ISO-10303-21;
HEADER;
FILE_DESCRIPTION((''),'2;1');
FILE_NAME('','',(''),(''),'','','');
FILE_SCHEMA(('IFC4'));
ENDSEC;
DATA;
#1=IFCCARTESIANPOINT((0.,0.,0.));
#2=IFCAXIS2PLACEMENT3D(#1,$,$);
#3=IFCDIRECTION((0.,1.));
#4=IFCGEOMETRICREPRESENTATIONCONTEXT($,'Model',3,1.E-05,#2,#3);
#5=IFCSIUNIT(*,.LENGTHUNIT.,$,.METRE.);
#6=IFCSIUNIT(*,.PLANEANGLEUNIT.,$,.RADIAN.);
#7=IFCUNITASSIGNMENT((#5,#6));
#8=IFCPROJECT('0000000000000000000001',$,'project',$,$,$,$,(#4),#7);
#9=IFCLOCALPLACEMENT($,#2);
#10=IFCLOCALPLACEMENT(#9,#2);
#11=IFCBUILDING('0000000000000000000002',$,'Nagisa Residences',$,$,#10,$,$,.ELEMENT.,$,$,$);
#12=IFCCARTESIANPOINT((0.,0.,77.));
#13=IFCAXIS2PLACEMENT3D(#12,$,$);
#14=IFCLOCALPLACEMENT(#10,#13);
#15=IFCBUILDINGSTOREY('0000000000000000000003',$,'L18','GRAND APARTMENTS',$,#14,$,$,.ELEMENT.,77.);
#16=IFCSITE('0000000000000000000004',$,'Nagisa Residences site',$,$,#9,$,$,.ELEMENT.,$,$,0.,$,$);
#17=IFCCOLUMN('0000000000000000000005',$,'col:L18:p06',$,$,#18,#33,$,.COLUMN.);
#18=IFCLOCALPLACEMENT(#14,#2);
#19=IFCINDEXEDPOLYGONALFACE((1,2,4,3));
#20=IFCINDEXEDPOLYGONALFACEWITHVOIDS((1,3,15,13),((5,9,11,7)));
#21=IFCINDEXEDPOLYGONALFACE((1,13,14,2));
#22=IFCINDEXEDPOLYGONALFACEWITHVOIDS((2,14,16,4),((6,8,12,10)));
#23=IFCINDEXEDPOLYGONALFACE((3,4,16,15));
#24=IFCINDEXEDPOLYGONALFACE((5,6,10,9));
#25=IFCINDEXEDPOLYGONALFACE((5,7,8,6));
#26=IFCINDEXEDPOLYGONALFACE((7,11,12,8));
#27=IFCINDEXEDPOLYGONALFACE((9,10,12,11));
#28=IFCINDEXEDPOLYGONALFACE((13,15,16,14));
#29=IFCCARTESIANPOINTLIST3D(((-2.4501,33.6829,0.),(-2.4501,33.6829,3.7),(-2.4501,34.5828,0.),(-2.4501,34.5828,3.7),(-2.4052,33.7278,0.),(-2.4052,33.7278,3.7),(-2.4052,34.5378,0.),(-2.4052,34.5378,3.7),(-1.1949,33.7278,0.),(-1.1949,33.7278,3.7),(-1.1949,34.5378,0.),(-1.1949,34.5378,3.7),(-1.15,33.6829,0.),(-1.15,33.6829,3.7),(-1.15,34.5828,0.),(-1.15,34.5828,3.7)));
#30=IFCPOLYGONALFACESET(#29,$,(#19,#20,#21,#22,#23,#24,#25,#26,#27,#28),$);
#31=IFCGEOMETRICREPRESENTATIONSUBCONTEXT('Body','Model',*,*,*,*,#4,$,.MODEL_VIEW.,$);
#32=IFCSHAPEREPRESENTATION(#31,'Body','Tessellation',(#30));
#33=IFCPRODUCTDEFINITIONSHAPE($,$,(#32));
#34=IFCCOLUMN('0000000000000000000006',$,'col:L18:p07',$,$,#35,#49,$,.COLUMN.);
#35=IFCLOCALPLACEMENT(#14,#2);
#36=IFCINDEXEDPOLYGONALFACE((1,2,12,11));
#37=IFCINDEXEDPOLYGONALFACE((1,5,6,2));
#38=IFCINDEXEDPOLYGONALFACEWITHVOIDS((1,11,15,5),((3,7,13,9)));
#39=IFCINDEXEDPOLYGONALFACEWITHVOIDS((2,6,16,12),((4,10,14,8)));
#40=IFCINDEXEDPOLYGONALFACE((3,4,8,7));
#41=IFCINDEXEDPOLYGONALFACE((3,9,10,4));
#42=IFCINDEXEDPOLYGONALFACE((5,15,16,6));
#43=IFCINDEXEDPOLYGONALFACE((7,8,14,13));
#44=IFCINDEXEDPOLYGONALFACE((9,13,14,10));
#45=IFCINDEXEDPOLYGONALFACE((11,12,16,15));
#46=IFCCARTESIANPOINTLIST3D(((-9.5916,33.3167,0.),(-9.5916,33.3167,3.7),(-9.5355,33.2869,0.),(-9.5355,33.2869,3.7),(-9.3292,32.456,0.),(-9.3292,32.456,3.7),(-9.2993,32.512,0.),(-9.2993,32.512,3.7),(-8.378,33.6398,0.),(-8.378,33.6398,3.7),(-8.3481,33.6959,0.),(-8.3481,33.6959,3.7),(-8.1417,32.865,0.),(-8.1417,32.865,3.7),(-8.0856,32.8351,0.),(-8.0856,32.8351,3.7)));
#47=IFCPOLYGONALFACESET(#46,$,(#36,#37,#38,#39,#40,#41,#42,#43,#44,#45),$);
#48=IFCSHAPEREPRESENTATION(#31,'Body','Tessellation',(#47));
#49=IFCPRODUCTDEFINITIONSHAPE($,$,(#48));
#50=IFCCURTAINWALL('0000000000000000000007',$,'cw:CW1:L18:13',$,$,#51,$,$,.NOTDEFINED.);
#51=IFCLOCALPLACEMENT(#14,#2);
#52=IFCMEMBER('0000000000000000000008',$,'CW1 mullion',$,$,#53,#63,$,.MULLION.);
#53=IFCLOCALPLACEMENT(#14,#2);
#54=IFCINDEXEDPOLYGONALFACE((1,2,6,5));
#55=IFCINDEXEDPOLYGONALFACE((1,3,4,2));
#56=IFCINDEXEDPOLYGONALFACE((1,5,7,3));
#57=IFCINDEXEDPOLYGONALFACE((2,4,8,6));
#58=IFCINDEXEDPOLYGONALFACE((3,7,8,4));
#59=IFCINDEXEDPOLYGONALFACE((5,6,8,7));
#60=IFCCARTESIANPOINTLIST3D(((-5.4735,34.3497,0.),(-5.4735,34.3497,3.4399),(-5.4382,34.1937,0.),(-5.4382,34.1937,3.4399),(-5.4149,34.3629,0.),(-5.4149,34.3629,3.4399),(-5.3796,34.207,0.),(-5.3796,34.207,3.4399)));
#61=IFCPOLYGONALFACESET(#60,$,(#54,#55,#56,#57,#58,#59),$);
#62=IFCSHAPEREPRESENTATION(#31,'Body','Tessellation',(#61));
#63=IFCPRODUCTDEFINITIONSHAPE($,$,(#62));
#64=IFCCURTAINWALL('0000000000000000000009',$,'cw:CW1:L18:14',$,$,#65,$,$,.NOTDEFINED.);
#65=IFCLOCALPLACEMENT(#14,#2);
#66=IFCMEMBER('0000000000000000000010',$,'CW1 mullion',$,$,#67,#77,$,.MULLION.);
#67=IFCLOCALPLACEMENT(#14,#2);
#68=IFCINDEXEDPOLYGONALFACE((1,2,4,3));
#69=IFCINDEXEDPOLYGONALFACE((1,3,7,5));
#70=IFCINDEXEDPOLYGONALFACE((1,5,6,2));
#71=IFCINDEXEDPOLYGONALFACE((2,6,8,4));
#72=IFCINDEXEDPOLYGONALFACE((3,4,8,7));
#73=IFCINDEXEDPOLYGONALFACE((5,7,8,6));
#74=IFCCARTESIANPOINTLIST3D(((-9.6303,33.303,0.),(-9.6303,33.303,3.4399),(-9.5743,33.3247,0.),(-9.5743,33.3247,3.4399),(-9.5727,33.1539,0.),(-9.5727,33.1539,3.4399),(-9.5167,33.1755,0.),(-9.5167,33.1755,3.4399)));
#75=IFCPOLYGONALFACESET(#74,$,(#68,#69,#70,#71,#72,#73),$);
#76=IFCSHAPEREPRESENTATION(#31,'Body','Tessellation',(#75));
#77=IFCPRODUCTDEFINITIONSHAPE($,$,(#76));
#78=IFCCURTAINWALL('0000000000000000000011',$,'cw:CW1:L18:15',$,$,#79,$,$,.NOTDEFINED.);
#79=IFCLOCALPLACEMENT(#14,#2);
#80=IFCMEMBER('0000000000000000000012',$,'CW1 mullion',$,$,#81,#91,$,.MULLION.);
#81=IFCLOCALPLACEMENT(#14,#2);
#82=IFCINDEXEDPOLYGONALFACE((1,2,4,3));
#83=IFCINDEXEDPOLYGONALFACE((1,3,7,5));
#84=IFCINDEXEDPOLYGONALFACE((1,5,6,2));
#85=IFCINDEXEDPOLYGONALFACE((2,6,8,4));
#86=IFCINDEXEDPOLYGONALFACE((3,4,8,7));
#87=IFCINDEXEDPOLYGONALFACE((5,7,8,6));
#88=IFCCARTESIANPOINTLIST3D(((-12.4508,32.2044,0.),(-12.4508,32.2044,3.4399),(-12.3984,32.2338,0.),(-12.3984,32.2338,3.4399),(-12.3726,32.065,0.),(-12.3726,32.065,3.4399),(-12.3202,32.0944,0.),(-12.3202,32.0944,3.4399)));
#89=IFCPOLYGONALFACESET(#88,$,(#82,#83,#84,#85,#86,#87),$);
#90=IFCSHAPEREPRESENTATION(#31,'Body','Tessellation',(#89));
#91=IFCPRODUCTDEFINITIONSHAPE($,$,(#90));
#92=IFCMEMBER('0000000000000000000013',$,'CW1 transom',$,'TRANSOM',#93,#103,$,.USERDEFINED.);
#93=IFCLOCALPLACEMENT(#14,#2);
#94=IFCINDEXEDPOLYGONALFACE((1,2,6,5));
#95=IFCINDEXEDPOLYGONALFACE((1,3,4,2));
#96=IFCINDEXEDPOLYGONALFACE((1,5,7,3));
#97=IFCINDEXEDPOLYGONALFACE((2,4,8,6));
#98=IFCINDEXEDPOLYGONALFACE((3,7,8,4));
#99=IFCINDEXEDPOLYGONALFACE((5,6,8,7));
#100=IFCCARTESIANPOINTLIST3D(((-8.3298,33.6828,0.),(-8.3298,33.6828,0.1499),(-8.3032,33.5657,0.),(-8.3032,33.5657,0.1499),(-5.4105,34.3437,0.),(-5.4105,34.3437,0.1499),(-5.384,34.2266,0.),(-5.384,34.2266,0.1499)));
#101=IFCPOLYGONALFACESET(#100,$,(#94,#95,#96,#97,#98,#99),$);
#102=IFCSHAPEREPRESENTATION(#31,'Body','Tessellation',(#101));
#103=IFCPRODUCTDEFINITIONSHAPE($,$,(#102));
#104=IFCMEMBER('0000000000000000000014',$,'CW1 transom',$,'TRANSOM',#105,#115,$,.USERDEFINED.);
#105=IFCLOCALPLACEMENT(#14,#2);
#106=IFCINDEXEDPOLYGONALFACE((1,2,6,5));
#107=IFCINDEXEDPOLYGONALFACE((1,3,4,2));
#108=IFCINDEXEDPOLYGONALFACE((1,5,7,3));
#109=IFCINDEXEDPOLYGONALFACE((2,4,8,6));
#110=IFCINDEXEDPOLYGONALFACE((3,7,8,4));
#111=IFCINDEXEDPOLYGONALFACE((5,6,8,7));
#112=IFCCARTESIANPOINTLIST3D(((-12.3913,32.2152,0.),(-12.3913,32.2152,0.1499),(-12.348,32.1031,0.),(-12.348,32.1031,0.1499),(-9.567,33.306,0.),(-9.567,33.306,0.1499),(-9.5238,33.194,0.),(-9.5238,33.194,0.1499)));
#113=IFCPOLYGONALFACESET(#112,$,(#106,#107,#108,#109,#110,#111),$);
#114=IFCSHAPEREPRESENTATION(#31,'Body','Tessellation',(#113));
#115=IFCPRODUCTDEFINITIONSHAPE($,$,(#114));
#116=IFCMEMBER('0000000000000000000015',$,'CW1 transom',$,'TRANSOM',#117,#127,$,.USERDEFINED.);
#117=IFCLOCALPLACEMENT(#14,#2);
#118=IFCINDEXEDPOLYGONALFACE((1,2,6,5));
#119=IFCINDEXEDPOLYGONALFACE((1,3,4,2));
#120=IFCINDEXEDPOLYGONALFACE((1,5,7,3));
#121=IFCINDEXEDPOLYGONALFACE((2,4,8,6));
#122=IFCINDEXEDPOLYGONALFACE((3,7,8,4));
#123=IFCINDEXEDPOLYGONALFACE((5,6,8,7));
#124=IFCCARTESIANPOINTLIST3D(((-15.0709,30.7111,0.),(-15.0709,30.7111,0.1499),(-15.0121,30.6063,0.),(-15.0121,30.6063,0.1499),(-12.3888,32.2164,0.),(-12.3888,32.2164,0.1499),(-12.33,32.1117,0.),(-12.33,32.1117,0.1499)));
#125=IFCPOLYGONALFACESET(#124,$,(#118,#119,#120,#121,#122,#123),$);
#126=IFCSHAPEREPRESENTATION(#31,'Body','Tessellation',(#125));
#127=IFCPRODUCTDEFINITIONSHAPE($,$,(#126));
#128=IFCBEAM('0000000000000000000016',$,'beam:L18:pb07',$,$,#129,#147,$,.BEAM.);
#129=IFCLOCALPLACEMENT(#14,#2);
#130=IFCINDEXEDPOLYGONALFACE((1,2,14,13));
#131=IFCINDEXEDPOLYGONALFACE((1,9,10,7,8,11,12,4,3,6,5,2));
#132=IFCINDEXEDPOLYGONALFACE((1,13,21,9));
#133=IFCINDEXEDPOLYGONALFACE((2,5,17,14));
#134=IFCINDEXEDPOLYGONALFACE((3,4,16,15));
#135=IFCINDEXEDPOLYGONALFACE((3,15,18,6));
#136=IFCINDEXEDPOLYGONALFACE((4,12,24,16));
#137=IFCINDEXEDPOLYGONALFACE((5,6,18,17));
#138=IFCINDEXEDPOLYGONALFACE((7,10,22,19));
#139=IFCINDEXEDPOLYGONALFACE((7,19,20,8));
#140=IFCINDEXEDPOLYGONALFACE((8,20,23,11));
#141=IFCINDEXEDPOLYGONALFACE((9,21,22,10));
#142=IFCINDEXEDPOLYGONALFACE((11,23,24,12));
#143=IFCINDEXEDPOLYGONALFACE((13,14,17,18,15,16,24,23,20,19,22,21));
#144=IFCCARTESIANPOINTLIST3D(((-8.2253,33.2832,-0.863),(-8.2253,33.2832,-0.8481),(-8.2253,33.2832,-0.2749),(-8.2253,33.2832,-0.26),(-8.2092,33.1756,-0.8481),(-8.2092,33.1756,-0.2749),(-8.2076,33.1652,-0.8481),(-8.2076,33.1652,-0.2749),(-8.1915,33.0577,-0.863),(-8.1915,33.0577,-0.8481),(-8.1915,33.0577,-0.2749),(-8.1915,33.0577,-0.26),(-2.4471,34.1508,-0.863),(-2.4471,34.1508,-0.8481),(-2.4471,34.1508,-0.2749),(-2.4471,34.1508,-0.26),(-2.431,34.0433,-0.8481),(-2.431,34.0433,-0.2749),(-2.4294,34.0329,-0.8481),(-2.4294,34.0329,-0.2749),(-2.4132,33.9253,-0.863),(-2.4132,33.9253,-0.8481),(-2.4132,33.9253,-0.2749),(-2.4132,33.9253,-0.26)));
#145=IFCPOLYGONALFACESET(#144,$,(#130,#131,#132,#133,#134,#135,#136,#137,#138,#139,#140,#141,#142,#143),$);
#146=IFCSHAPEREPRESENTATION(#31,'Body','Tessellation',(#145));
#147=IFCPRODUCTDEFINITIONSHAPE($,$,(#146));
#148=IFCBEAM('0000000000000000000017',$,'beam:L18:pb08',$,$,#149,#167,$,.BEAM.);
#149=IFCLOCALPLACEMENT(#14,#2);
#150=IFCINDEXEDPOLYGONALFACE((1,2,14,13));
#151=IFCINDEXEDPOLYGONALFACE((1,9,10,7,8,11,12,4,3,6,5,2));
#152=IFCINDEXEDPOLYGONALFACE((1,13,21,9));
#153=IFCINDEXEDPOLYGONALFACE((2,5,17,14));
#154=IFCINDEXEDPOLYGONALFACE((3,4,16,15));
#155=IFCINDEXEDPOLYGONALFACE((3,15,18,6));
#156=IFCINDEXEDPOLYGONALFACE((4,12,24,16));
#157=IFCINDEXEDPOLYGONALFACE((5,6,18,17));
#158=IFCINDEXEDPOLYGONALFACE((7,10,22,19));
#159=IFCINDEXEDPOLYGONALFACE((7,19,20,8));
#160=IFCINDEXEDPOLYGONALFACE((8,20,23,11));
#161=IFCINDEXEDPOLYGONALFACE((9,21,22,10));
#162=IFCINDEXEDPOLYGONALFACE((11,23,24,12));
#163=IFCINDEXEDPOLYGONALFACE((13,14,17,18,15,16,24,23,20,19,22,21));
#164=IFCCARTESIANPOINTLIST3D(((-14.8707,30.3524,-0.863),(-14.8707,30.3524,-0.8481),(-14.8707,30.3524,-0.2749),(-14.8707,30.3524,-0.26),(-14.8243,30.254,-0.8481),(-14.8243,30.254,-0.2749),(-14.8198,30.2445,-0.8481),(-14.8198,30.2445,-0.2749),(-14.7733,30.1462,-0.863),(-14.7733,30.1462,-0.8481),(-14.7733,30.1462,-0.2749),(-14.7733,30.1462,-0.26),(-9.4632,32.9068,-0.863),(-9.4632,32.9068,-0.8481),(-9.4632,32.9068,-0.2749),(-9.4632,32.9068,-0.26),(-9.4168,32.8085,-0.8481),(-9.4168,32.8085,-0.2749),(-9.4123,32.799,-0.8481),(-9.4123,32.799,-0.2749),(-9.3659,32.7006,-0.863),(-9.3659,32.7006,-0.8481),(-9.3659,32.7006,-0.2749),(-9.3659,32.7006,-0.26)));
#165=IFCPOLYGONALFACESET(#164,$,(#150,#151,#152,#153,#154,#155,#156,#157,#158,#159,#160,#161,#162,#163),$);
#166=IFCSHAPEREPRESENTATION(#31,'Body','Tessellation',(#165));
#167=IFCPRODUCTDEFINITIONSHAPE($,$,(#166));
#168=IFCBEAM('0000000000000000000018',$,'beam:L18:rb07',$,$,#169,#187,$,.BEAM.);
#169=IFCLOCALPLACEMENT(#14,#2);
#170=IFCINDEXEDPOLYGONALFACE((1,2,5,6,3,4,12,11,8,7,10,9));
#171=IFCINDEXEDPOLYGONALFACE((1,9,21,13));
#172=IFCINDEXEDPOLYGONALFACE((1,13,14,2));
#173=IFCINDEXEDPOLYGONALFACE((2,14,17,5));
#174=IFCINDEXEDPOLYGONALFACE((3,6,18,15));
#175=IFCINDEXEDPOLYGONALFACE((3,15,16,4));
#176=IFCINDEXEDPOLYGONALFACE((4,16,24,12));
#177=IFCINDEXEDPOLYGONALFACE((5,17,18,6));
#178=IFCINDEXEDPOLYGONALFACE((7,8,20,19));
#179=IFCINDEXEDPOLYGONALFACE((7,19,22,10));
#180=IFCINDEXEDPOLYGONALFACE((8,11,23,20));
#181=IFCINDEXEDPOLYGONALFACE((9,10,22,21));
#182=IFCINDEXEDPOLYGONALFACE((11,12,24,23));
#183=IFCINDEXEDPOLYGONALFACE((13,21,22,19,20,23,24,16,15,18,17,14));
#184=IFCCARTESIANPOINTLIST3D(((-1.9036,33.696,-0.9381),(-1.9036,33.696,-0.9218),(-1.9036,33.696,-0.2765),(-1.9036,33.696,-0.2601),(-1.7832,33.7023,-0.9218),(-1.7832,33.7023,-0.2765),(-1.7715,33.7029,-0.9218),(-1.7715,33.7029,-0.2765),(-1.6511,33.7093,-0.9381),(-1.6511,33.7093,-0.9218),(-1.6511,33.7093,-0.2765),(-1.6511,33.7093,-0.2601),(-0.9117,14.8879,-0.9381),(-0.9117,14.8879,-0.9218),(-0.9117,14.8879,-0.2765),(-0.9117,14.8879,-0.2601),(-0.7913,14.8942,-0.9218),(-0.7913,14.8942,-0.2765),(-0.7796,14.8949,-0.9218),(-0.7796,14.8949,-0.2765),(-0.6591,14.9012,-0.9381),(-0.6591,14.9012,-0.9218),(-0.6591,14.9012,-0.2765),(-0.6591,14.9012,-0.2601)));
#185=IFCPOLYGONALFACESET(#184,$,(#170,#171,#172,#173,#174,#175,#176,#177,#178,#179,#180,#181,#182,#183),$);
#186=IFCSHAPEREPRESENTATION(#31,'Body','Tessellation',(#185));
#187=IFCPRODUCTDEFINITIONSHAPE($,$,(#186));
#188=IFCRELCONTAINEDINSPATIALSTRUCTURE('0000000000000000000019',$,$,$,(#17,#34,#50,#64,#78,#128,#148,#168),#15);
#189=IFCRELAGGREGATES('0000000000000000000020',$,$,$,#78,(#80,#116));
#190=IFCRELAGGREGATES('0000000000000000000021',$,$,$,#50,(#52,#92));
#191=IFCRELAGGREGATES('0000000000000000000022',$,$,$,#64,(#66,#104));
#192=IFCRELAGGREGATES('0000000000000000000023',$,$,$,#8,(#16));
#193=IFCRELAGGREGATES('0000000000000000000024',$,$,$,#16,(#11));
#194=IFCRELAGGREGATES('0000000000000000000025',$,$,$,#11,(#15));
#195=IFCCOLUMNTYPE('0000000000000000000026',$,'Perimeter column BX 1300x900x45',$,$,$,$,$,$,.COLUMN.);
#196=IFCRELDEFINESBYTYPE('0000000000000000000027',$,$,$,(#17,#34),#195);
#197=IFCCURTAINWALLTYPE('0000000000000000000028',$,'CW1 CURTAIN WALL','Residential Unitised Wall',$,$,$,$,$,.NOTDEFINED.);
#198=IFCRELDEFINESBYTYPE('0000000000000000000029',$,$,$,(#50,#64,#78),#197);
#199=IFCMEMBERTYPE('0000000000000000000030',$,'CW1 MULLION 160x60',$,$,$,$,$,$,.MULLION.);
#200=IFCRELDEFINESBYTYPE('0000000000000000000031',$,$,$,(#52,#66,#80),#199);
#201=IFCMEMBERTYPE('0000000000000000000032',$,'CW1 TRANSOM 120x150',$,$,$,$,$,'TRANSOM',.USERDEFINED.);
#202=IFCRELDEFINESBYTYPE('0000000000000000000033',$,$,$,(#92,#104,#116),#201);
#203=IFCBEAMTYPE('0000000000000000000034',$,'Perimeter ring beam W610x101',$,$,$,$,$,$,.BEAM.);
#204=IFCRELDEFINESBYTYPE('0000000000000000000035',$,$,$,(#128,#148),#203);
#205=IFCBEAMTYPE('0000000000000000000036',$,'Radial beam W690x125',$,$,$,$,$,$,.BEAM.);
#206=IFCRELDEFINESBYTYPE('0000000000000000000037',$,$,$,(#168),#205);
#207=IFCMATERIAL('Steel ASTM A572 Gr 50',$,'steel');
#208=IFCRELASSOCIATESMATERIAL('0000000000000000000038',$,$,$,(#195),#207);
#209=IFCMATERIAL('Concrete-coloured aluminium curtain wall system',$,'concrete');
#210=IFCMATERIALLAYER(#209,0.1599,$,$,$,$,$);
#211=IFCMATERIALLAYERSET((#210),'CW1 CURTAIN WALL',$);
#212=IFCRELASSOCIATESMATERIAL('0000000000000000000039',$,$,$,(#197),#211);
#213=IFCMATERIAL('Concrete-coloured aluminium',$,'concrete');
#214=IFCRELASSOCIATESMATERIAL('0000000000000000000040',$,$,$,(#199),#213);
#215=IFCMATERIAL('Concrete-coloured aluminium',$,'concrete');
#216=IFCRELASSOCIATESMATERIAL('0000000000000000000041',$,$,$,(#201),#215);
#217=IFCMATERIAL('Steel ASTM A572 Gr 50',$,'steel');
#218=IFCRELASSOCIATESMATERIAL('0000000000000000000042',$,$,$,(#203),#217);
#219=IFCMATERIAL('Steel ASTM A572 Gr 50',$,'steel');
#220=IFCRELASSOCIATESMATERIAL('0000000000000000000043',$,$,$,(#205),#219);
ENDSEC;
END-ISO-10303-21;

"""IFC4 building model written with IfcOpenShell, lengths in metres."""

from ifc_helpers import new_model, si_unit, direction, frame, origin, origin_2d, place, context, subcontext, project, spatial, rectangle, hollow_rectangle, i_section, extrude, material, layer, layer_set, material_profile, profile_set, type_object, element, aggregate, save


model = new_model("IFC4")

# Units and contexts
model_context = context("Model", 3, precision=1e-05, world=origin(), true_north=direction((0.0, 1.0)))
body_context = subcontext(model_context, "Body", "Model", "MODEL_VIEW")
ifc_project = project(units=[si_unit("LENGTHUNIT", "METRE"), si_unit("PLANEANGLEUNIT", "RADIAN")], contexts=[model_context])

# Site, building, storey
site_placement = place(None, origin())
site = spatial("IfcSite", under=ifc_project, at=site_placement, Name="Nagisa Residences site", CompositionType="ELEMENT", RefElevation=0.0)
building_placement = place(site_placement, origin())
building = spatial("IfcBuilding", under=site, at=building_placement, Name="Nagisa Residences", CompositionType="ELEMENT")
storey_placement = place(building_placement, frame((0.0, 0.0, 77.0)))
storey = spatial("IfcBuildingStorey", under=building, at=storey_placement, Name="L18", Description="GRAND APARTMENTS", CompositionType="ELEMENT", Elevation=77.0)

# Columns
ifc_material_1 = material(Name="Steel ASTM A572 Gr 50", Category="steel")
ifc_material_profile_1 = material_profile(ifc_material_1, hollow_rectangle(XDim=1.3, YDim=0.8999, WallThickness=0.0449, at=origin_2d()), Name="BX 1300x900x45")
ifc_profile_set_1 = profile_set([ifc_material_profile_1], Name="Steel ASTM A572 Gr 50")
column_type = type_object("IfcColumnType", Name="Perimeter column BX 1300x900x45", PredefinedType="COLUMN", material=ifc_profile_set_1)
for number, where, z_axis, x_axis, name in (
    (1, (-1.8, 34.1328, 0.0), (0.0, 0.0, 1.0), (-1.0, 0.0, 0.0), "col:L18:p06"),
    (2, (-8.8386, 33.0759, 0.0), (0.0, 0.0, 1.0), (-0.956525, -0.291652, 0.0), "col:L18:p07"),
):
    element("IfcColumn", number, at=place(storey_placement, frame(where, z_axis=z_axis, x_axis=x_axis)), inside=storey, type_object=column_type, Name=name, PredefinedType="COLUMN", context=body_context, shape_type="SweptSolid", body=[
        extrude(hollow_rectangle(XDim=1.3, YDim=0.8999, WallThickness=0.0449, at=origin_2d()), origin(), (0.0, 0.0, 1.0), 3.7),
    ])

# Curtain walls, members
ifc_material_2 = material(Name="Concrete-coloured aluminium curtain wall system", Category="concrete")
ifc_layer_1 = layer(ifc_material_2, 0.1599)
ifc_layer_set_1 = layer_set([ifc_layer_1], Name="CW1 CURTAIN WALL")
curtain_wall_type = type_object("IfcCurtainWallType", Name="CW1 CURTAIN WALL", Description="Residential Unitised Wall", PredefinedType="NOTDEFINED", material=ifc_layer_set_1)
curtain_wall_1_placement = place(storey_placement, origin())
curtain_wall_1 = element("IfcCurtainWall", 3, at=curtain_wall_1_placement, inside=storey, type_object=curtain_wall_type, Name="cw:CW1:L18:13", PredefinedType="NOTDEFINED")
ifc_material_3 = material(Name="Concrete-coloured aluminium", Category="concrete")
ifc_material_profile_2 = material_profile(ifc_material_3, rectangle(XDim=0.1599, YDim=0.0601, at=origin_2d()), Name="CW1 MULLION 160x60")
ifc_profile_set_2 = profile_set([ifc_material_profile_2], Name="Concrete-coloured aluminium")
member_type_1 = type_object("IfcMemberType", Name="CW1 MULLION 160x60", PredefinedType="MULLION", material=ifc_profile_set_2)
member_1_placement = place(storey_placement, frame((-5.4265, 34.2783, 0.0), z_axis=(0.0, 0.0, 1.0), x_axis=(0.220764, -0.975327, 0.0)))
member_1 = element("IfcMember", 4, at=member_1_placement, type_object=member_type_1, Name="CW1 mullion", PredefinedType="MULLION", context=body_context, shape_type="SweptSolid", body=[
    extrude(rectangle(XDim=0.1599, YDim=0.0601, at=origin_2d()), origin(), (0.0, 0.0, 1.0), 3.4399),
])
curtain_wall_2_placement = place(storey_placement, origin())
curtain_wall_2 = element("IfcCurtainWall", 5, at=curtain_wall_2_placement, inside=storey, type_object=curtain_wall_type, Name="cw:CW1:L18:14", PredefinedType="NOTDEFINED")
member_2_placement = place(storey_placement, frame((-9.5735, 33.2393, 0.0), z_axis=(0.0, 0.0, 1.0), x_axis=(0.360328, -0.932826, 0.0)))
member_2 = element("IfcMember", 6, at=member_2_placement, type_object=member_type_1, Name="CW1 mullion", PredefinedType="MULLION", context=body_context, shape_type="SweptSolid", body=[
    extrude(rectangle(XDim=0.1599, YDim=0.0601, at=origin_2d()), origin(), (0.0, 0.0, 1.0), 3.4399),
])
curtain_wall_3_placement = place(storey_placement, origin())
curtain_wall_3 = element("IfcCurtainWall", 7, at=curtain_wall_3_placement, inside=storey, type_object=curtain_wall_type, Name="cw:CW1:L18:15", PredefinedType="NOTDEFINED")
member_3_placement = place(storey_placement, frame((-12.3855, 32.1494, 0.0), z_axis=(0.0, 0.0, 1.0), x_axis=(0.489377, -0.872072, 0.0)))
member_3 = element("IfcMember", 8, at=member_3_placement, type_object=member_type_1, Name="CW1 mullion", PredefinedType="MULLION", context=body_context, shape_type="SweptSolid", body=[
    extrude(rectangle(XDim=0.1599, YDim=0.0601, at=origin_2d()), origin(), (0.0, 0.0, 1.0), 3.4399),
])

# Members
ifc_material_4 = material(Name="Concrete-coloured aluminium", Category="concrete")
ifc_material_profile_3 = material_profile(ifc_material_4, rectangle(XDim=0.1201, YDim=0.1499, at=origin_2d()), Name="CW1 TRANSOM 120x150")
ifc_profile_set_3 = profile_set([ifc_material_profile_3], Name="Concrete-coloured aluminium")
member_type_2 = type_object("IfcMemberType", Name="CW1 TRANSOM 120x150", ElementType="TRANSOM", PredefinedType="USERDEFINED", material=ifc_profile_set_3)
member_4_placement = place(storey_placement, frame((-5.3972, 34.2852, 0.075), z_axis=(-0.975318, -0.220807, 0.0), x_axis=(0.220807, -0.975318, 0.0)))
member_4 = element("IfcMember", 9, at=member_4_placement, type_object=member_type_2, Name="CW1 transom", ObjectType="TRANSOM", PredefinedType="USERDEFINED", context=body_context, shape_type="SweptSolid", body=[
    extrude(rectangle(XDim=0.1201, YDim=0.1499, at=origin_2d()), origin(), (0.0, 0.0, 1.0), 2.9932),
])
member_5_placement = place(storey_placement, frame((-9.5454, 33.25, 0.075), z_axis=(-0.932838, -0.360297, 0.0), x_axis=(0.360297, -0.932838, 0.0)))
member_5 = element("IfcMember", 10, at=member_5_placement, type_object=member_type_2, Name="CW1 transom", ObjectType="TRANSOM", PredefinedType="USERDEFINED", context=body_context, shape_type="SweptSolid", body=[
    extrude(rectangle(XDim=0.1201, YDim=0.1499, at=origin_2d()), origin(), (0.0, 0.0, 1.0), 3.0276),
])
member_6_placement = place(storey_placement, frame((-12.3594, 32.1641, 0.075), z_axis=(-0.872037, -0.489439, 0.0), x_axis=(0.489439, -0.872037, 0.0)))
member_6 = element("IfcMember", 11, at=member_6_placement, type_object=member_type_2, Name="CW1 transom", ObjectType="TRANSOM", PredefinedType="USERDEFINED", context=body_context, shape_type="SweptSolid", body=[
    extrude(rectangle(XDim=0.1201, YDim=0.1499, at=origin_2d()), origin(), (0.0, 0.0, 1.0), 3.0757),
])
aggregate(curtain_wall_3, [member_3, member_6])

# Beams
ifc_material_5 = material(Name="Steel ASTM A572 Gr 50", Category="steel")
ifc_material_profile_4 = material_profile(ifc_material_5, i_section(OverallWidth=0.228, OverallDepth=0.603, WebThickness=0.0105, FlangeThickness=0.0149, at=origin_2d()), Name="W610x101")
ifc_profile_set_4 = profile_set([ifc_material_profile_4], Name="Steel ASTM A572 Gr 50")
beam_type_1 = type_object("IfcBeamType", Name="Perimeter ring beam W610x101", PredefinedType="BEAM", material=ifc_profile_set_4)
beam_1_placement = place(storey_placement, frame((-2.4302, 34.0381, -0.5615), z_axis=(-0.988913, -0.148496, 0.0), x_axis=(0.148496, -0.988913, 0.0)))
element("IfcBeam", 12, at=beam_1_placement, inside=storey, type_object=beam_type_1, Name="beam:L18:pb07", PredefinedType="BEAM", context=body_context, shape_type="SweptSolid", body=[
    extrude(i_section(OverallWidth=0.228, OverallDepth=0.603, WebThickness=0.0105, FlangeThickness=0.0149, at=origin_2d()), origin(), (0.0, 0.0, 1.0), 5.843),
])
beam_2_placement = place(storey_placement, frame((-9.4146, 32.8037, -0.5615), z_axis=(-0.90419, -0.427131, 0.0), x_axis=(0.427131, -0.90419, 0.0)))
element("IfcBeam", 13, at=beam_2_placement, inside=storey, type_object=beam_type_1, Name="beam:L18:pb08", PredefinedType="BEAM", context=body_context, shape_type="SweptSolid", body=[
    extrude(i_section(OverallWidth=0.228, OverallDepth=0.603, WebThickness=0.0105, FlangeThickness=0.0149, at=origin_2d()), origin(), (0.0, 0.0, 1.0), 5.9805),
])
ifc_material_6 = material(Name="Steel ASTM A572 Gr 50", Category="steel")
ifc_material_profile_5 = material_profile(ifc_material_6, i_section(OverallWidth=0.2529, OverallDepth=0.678, WebThickness=0.0117, FlangeThickness=0.0164, at=origin_2d()), Name="W690x125")
ifc_profile_set_5 = profile_set([ifc_material_profile_5], Name="Steel ASTM A572 Gr 50")
beam_type_2 = type_object("IfcBeamType", Name="Radial beam W690x125", PredefinedType="BEAM", material=ifc_profile_set_5)
beam_3_placement = place(storey_placement, frame((-1.7773, 33.7026, -0.5991), z_axis=(0.052667, -0.998612, 0.0), x_axis=(0.998612, 0.052667, 0.0)))
element("IfcBeam", 14, at=beam_3_placement, inside=storey, type_object=beam_type_2, Name="beam:L18:rb07", PredefinedType="BEAM", context=body_context, shape_type="SweptSolid", body=[
    extrude(i_section(OverallWidth=0.2529, OverallDepth=0.678, WebThickness=0.0117, FlangeThickness=0.0164, at=origin_2d()), origin(), (0.0, 0.0, 1.0), 18.8342),
])

aggregate(curtain_wall_1, [member_1, member_4])
aggregate(curtain_wall_2, [member_2, member_5])

save(model, "model.ifc")
